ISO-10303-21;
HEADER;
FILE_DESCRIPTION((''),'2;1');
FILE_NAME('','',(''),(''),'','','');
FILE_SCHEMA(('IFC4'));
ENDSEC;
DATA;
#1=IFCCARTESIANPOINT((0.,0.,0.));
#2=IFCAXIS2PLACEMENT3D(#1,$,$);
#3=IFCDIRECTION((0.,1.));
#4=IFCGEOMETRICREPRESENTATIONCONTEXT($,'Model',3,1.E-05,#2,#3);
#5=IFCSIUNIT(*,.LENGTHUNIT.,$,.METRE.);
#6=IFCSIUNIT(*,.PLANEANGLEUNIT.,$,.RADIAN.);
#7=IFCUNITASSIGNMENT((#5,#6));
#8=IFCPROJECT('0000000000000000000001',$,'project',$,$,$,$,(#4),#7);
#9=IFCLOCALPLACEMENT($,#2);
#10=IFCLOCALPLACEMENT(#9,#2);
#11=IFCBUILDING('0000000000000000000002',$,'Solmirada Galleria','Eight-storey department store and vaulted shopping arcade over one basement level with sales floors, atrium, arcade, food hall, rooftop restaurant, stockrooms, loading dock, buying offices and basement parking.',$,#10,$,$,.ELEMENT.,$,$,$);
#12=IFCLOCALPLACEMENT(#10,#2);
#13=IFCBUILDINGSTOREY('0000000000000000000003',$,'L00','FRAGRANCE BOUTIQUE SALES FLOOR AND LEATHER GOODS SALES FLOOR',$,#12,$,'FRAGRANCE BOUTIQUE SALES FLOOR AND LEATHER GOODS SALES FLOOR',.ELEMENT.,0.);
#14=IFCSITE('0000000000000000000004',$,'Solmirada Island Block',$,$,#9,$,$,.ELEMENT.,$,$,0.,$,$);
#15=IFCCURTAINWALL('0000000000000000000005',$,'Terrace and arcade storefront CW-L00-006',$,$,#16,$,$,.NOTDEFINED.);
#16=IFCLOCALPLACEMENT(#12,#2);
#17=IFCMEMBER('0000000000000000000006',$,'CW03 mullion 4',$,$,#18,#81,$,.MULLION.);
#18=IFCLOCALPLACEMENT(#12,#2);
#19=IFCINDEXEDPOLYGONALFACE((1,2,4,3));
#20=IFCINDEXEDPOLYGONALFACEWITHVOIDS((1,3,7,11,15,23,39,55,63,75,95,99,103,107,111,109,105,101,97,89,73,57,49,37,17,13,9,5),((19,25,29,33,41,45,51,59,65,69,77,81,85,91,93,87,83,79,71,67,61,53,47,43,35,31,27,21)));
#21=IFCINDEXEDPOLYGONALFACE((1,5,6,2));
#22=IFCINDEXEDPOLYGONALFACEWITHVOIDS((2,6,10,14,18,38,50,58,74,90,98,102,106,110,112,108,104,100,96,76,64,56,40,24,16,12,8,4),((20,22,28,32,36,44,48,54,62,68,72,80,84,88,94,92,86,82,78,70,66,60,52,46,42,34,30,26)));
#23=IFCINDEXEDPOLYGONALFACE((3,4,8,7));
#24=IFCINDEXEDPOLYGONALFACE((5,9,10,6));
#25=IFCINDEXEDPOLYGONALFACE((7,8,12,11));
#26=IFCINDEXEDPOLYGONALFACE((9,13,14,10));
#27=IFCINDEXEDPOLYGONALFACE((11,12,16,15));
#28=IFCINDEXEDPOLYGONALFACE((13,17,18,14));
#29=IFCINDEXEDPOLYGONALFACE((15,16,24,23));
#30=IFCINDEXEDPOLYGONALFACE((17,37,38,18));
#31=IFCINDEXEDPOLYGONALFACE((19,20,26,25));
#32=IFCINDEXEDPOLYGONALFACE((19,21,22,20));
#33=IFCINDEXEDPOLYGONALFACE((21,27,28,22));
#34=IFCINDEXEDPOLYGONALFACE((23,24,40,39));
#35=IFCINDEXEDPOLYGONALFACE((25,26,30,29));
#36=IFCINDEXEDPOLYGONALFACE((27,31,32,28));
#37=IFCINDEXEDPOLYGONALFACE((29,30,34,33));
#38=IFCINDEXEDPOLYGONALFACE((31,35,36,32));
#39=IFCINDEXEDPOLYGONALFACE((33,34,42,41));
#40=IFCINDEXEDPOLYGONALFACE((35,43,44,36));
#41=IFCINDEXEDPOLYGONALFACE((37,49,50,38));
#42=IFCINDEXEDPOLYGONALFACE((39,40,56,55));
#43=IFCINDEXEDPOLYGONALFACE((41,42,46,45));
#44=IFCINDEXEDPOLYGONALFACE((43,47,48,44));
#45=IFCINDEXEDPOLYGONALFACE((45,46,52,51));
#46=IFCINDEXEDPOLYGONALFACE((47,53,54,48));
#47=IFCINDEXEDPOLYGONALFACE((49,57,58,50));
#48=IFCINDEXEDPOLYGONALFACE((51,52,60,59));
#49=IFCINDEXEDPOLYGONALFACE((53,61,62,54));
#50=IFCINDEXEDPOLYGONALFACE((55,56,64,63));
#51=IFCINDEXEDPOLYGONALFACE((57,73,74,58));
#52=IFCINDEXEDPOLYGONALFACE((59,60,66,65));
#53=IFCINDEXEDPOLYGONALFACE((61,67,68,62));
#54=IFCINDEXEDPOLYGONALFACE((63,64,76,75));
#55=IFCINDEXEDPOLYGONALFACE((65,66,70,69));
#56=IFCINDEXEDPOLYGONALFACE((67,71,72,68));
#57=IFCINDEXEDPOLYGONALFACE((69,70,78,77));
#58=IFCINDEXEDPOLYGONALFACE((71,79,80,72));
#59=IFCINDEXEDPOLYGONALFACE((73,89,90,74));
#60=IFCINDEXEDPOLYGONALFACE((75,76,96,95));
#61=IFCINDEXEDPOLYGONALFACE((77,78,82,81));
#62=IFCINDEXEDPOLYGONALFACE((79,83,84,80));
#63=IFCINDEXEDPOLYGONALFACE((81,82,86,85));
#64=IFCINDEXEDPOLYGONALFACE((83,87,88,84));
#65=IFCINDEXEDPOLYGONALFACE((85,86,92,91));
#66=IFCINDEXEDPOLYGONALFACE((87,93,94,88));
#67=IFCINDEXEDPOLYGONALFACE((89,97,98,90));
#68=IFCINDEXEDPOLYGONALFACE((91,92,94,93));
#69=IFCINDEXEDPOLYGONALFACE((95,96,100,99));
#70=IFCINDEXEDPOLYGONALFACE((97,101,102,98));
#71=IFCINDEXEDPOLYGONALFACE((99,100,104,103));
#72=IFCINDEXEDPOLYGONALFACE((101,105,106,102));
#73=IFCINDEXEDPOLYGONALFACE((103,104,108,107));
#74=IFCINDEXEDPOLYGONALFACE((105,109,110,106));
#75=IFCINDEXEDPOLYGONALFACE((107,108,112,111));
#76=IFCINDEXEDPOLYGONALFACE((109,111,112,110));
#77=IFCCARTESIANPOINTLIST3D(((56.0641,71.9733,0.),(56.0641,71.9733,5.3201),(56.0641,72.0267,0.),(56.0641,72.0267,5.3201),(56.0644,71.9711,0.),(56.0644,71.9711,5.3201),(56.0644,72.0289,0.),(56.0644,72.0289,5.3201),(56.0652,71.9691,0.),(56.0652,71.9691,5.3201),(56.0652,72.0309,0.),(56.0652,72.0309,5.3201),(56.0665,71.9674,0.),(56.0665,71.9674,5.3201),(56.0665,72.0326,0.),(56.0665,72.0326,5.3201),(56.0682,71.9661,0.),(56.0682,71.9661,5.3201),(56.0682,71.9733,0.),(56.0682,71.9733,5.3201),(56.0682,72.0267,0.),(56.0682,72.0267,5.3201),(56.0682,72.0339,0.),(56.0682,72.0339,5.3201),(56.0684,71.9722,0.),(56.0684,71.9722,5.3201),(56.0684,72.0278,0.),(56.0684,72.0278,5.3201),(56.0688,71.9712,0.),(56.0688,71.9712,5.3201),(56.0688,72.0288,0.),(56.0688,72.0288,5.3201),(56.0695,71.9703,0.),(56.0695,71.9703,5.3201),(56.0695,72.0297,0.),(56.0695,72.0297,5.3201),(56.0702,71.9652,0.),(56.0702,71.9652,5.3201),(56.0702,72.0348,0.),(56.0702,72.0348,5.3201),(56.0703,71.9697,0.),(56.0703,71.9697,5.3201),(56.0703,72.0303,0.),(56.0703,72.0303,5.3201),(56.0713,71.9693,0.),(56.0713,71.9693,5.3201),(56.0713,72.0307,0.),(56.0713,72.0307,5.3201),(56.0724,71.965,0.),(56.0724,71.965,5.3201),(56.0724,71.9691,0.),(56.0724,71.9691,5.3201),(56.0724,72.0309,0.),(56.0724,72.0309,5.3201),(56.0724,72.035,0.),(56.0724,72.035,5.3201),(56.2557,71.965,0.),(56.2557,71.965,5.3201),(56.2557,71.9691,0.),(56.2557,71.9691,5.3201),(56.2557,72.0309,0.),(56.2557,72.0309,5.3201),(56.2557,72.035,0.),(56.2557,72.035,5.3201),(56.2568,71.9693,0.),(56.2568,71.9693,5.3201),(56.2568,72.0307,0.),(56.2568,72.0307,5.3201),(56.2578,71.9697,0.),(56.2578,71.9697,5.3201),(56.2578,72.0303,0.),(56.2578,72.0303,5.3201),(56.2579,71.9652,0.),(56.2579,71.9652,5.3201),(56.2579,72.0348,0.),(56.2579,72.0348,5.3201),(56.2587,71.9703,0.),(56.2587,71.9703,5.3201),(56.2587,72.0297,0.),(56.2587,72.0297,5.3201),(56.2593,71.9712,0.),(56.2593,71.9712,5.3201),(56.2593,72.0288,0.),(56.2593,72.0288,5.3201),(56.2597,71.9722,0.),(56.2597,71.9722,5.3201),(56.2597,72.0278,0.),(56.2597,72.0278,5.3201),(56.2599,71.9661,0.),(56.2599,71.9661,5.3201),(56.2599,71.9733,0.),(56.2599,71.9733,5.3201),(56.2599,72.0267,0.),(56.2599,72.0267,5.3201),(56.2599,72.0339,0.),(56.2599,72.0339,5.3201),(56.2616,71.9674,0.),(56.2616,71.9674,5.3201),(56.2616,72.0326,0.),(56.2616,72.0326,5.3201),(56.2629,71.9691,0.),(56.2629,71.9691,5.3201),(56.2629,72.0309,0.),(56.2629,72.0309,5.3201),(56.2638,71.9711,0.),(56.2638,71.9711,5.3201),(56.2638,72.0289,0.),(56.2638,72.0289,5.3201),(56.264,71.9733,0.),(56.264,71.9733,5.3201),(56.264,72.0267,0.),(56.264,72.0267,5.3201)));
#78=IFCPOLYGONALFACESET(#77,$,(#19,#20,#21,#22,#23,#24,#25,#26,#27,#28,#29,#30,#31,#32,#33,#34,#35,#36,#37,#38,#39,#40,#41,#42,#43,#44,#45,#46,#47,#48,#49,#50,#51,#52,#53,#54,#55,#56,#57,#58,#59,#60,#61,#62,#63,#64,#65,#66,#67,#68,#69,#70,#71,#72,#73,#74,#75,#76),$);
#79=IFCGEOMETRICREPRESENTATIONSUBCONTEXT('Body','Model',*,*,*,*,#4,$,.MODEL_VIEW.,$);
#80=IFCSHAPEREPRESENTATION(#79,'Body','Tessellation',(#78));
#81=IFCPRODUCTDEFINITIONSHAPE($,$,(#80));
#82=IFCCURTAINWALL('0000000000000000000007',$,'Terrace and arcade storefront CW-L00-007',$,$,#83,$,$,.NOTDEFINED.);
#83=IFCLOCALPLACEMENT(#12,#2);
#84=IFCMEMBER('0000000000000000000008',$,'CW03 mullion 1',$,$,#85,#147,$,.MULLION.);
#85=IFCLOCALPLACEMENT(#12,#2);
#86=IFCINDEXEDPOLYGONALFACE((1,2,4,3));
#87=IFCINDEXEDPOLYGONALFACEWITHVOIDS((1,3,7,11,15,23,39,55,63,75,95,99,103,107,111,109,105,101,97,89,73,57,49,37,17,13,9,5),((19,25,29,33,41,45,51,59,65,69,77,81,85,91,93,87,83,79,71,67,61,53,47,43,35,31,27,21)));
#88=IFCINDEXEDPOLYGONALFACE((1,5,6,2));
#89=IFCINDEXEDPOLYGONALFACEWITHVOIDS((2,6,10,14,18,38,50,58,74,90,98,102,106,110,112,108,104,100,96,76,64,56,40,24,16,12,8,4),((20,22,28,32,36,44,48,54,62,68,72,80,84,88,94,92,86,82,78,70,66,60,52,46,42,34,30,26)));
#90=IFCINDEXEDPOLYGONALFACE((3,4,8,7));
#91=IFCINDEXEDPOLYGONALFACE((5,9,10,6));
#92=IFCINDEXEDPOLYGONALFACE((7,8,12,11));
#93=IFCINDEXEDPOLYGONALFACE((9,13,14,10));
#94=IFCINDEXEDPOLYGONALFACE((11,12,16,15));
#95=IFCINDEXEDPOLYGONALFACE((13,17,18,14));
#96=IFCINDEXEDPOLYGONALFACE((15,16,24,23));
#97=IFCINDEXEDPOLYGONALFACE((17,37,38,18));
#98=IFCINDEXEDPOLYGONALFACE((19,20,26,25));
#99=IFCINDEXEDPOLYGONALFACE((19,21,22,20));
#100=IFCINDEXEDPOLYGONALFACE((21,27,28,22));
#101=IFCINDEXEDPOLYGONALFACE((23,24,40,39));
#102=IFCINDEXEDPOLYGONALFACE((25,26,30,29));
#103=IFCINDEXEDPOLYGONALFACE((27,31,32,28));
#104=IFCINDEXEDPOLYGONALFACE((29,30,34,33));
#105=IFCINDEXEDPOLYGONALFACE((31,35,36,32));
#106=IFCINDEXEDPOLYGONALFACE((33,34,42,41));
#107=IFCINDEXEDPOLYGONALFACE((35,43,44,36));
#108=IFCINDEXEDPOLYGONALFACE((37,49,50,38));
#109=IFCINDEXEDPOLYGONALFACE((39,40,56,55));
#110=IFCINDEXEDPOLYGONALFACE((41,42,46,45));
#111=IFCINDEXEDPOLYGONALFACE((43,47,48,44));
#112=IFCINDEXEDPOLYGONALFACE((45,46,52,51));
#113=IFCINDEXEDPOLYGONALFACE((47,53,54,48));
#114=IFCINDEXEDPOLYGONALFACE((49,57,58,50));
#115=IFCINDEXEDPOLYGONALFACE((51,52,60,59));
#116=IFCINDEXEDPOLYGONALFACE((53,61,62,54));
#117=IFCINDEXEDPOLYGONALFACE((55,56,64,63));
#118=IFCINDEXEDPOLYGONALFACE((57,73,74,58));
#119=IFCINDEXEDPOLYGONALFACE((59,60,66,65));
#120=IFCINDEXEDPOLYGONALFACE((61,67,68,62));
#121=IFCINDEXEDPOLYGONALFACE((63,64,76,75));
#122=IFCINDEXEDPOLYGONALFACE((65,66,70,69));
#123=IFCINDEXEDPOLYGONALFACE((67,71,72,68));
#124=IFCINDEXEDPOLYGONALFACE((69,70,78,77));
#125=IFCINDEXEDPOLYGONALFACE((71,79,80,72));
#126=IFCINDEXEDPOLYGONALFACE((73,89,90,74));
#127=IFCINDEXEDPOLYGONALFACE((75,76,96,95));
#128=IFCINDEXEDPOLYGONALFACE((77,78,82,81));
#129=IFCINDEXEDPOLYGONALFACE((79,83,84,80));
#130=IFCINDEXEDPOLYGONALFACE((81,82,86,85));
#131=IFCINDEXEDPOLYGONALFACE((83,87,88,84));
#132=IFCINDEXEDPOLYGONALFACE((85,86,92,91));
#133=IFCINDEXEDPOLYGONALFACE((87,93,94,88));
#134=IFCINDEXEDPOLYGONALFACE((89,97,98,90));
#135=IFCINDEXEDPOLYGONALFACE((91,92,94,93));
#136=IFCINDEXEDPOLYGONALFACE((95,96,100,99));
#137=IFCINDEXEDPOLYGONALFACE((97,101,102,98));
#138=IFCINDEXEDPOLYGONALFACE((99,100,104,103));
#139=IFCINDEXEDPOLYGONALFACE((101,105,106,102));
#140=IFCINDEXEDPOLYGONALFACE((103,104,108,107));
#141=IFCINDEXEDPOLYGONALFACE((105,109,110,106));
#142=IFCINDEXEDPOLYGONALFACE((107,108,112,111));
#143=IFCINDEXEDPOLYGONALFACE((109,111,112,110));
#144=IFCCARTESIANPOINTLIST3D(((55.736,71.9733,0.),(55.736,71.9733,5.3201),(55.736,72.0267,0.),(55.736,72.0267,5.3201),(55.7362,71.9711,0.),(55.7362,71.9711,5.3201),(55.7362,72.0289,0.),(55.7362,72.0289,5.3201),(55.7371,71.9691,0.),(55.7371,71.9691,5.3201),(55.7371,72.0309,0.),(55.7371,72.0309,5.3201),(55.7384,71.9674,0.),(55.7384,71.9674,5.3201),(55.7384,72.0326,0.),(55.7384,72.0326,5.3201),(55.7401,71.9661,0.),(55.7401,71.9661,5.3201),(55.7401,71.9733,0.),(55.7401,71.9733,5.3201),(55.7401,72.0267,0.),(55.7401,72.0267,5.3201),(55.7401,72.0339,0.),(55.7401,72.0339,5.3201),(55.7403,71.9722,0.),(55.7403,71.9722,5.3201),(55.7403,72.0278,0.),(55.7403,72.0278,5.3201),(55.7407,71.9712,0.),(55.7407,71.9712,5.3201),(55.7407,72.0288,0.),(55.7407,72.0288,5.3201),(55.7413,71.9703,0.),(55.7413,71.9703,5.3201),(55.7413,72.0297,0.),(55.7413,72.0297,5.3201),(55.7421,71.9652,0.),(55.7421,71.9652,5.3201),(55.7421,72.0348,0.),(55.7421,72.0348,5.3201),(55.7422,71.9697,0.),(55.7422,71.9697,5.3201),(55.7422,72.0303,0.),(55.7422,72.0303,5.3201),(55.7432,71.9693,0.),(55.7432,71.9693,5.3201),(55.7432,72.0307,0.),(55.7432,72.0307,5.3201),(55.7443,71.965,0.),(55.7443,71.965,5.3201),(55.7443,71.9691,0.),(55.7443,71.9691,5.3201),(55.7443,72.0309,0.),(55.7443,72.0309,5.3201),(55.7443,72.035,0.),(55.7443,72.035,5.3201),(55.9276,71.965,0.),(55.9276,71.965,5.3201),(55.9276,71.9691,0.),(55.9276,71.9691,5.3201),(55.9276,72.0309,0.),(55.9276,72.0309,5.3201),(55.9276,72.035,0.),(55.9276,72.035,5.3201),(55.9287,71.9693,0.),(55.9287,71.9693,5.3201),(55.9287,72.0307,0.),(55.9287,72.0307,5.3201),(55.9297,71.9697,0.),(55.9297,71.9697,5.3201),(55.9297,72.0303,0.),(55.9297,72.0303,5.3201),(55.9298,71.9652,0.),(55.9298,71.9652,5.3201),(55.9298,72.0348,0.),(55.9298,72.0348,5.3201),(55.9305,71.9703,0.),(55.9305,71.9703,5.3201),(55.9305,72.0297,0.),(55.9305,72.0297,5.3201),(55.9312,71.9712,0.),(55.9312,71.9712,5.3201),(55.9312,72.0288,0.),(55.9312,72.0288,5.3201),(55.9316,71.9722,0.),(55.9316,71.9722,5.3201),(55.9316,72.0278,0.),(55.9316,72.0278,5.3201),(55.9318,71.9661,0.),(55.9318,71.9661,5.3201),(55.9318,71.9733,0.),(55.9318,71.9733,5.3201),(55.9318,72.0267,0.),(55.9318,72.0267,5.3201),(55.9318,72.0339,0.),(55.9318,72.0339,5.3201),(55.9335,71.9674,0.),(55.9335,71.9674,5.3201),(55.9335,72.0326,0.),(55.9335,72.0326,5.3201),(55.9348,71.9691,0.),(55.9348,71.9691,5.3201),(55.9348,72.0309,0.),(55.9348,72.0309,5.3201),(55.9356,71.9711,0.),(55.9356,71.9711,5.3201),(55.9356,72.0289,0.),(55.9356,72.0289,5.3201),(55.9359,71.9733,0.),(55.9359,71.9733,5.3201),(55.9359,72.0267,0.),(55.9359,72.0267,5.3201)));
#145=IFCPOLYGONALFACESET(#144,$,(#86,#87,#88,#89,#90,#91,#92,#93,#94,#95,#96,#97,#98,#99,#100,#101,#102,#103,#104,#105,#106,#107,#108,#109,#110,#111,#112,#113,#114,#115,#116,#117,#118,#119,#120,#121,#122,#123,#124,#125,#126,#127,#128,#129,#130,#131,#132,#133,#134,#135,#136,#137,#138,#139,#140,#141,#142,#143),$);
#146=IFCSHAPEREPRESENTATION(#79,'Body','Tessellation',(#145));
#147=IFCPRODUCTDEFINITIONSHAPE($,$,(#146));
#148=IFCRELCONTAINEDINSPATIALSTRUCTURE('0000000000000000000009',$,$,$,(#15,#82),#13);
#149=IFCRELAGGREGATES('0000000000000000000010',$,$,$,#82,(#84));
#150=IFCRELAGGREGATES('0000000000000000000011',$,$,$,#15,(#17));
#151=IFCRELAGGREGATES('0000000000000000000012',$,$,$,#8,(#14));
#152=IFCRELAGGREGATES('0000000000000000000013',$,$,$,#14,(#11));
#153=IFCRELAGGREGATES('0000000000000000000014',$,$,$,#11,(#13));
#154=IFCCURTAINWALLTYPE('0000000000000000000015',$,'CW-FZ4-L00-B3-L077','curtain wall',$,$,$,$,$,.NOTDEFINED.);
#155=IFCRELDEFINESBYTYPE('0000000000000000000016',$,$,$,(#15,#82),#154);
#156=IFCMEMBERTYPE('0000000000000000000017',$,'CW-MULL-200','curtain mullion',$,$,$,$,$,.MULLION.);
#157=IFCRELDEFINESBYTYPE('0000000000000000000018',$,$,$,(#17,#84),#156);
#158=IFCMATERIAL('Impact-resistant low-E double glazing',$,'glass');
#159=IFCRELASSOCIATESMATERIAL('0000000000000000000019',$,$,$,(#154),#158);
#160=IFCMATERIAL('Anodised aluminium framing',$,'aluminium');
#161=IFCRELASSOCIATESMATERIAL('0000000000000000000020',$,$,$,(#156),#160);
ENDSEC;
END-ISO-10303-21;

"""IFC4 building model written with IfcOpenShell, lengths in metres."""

from ifc_helpers import new_model, si_unit, direction, frame, origin, origin_2d, place, context, subcontext, project, spatial, hollow_rectangle, extrude, material, material_profile, profile_set, type_object, element, aggregate, save


model = new_model("IFC4")

# Units and contexts
model_context = context("Model", 3, precision=1e-05, world=origin(), true_north=direction((0.0, 1.0)))
body_context = subcontext(model_context, "Body", "Model", "MODEL_VIEW")
ifc_project = project(units=[si_unit("LENGTHUNIT", "METRE"), si_unit("PLANEANGLEUNIT", "RADIAN")], contexts=[model_context])

# Site, building, storey
site_placement = place(None, origin())
site = spatial("IfcSite", under=ifc_project, at=site_placement, Name="Solmirada Island Block", CompositionType="ELEMENT", RefElevation=0.0)
building_placement = place(site_placement, origin())
building = spatial("IfcBuilding", under=site, at=building_placement, Name="Solmirada Galleria", Description="Eight-storey department store and vaulted shopping arcade over one basement level with sales floors, atrium, arcade, food hall, rooftop restaurant, stockrooms, loading dock, buying offices and basement parking.", CompositionType="ELEMENT")
storey_placement = place(building_placement, origin())
storey = spatial("IfcBuildingStorey", under=building, at=storey_placement, Name="L00", Description="FRAGRANCE BOUTIQUE SALES FLOOR AND LEATHER GOODS SALES FLOOR", LongName="FRAGRANCE BOUTIQUE SALES FLOOR AND LEATHER GOODS SALES FLOOR", CompositionType="ELEMENT", Elevation=0.0)

# Curtain wall, member
ifc_material_1 = material(Name="Impact-resistant low-E double glazing", Category="glass")
curtain_wall_type_1 = type_object("IfcCurtainWallType", Name="CW-FZ4-L00-B3-L077", Description="curtain wall", PredefinedType="NOTDEFINED", material=ifc_material_1)
curtain_wall_1_placement = place(storey_placement, origin())
curtain_wall_1 = element("IfcCurtainWall", 1, at=curtain_wall_1_placement, inside=storey, type_object=curtain_wall_type_1, Name="Terrace and arcade storefront CW-L00-006", PredefinedType="NOTDEFINED")
ifc_material_2 = material(Name="Anodised aluminium framing", Category="aluminium")
ifc_material_profile_1 = material_profile(ifc_material_2, hollow_rectangle(XDim=0.0701, YDim=0.2, WallThickness=0.0042, InnerFilletRadius=0.0042, OuterFilletRadius=0.0083, at=origin_2d()), Name="ALU-MULL-200X70")
ifc_profile_set_1 = profile_set([ifc_material_profile_1], Name="Anodised aluminium framing")
member_type_1 = type_object("IfcMemberType", Name="CW-MULL-200", Description="curtain mullion", PredefinedType="MULLION", material=ifc_profile_set_1)
member_1_placement = place(storey_placement, frame((56.1641, 72.0, 0.0), z_axis=(0.0, 0.0, 1.0), x_axis=(0.0, -1.0, 0.0)))
member_1 = element("IfcMember", 2, at=member_1_placement, type_object=member_type_1, Name="CW03 mullion 4", PredefinedType="MULLION", context=body_context, shape_type="SweptSolid", body=[
    extrude(hollow_rectangle(XDim=0.0701, YDim=0.2, WallThickness=0.0042, InnerFilletRadius=0.0042, OuterFilletRadius=0.0083, at=origin_2d()), origin(), (0.0, 0.0, 1.0), 5.3201),
])

# Curtain wall, member
curtain_wall_2_placement = place(storey_placement, origin())
curtain_wall_2 = element("IfcCurtainWall", 3, at=curtain_wall_2_placement, inside=storey, type_object=curtain_wall_type_1, Name="Terrace and arcade storefront CW-L00-007", PredefinedType="NOTDEFINED")
member_2_placement = place(storey_placement, frame((55.8359, 72.0, 0.0), z_axis=(0.0, 0.0, 1.0), x_axis=(0.0, -1.0, 0.0)))
member_2 = element("IfcMember", 4, at=member_2_placement, type_object=member_type_1, Name="CW03 mullion 1", PredefinedType="MULLION", context=body_context, shape_type="SweptSolid", body=[
    extrude(hollow_rectangle(XDim=0.0701, YDim=0.2, WallThickness=0.0042, InnerFilletRadius=0.0042, OuterFilletRadius=0.0083, at=origin_2d()), origin(), (0.0, 0.0, 1.0), 5.3201),
])

aggregate(curtain_wall_2, [member_2])

aggregate(curtain_wall_1, [member_1])

save(model, "model.ifc")
